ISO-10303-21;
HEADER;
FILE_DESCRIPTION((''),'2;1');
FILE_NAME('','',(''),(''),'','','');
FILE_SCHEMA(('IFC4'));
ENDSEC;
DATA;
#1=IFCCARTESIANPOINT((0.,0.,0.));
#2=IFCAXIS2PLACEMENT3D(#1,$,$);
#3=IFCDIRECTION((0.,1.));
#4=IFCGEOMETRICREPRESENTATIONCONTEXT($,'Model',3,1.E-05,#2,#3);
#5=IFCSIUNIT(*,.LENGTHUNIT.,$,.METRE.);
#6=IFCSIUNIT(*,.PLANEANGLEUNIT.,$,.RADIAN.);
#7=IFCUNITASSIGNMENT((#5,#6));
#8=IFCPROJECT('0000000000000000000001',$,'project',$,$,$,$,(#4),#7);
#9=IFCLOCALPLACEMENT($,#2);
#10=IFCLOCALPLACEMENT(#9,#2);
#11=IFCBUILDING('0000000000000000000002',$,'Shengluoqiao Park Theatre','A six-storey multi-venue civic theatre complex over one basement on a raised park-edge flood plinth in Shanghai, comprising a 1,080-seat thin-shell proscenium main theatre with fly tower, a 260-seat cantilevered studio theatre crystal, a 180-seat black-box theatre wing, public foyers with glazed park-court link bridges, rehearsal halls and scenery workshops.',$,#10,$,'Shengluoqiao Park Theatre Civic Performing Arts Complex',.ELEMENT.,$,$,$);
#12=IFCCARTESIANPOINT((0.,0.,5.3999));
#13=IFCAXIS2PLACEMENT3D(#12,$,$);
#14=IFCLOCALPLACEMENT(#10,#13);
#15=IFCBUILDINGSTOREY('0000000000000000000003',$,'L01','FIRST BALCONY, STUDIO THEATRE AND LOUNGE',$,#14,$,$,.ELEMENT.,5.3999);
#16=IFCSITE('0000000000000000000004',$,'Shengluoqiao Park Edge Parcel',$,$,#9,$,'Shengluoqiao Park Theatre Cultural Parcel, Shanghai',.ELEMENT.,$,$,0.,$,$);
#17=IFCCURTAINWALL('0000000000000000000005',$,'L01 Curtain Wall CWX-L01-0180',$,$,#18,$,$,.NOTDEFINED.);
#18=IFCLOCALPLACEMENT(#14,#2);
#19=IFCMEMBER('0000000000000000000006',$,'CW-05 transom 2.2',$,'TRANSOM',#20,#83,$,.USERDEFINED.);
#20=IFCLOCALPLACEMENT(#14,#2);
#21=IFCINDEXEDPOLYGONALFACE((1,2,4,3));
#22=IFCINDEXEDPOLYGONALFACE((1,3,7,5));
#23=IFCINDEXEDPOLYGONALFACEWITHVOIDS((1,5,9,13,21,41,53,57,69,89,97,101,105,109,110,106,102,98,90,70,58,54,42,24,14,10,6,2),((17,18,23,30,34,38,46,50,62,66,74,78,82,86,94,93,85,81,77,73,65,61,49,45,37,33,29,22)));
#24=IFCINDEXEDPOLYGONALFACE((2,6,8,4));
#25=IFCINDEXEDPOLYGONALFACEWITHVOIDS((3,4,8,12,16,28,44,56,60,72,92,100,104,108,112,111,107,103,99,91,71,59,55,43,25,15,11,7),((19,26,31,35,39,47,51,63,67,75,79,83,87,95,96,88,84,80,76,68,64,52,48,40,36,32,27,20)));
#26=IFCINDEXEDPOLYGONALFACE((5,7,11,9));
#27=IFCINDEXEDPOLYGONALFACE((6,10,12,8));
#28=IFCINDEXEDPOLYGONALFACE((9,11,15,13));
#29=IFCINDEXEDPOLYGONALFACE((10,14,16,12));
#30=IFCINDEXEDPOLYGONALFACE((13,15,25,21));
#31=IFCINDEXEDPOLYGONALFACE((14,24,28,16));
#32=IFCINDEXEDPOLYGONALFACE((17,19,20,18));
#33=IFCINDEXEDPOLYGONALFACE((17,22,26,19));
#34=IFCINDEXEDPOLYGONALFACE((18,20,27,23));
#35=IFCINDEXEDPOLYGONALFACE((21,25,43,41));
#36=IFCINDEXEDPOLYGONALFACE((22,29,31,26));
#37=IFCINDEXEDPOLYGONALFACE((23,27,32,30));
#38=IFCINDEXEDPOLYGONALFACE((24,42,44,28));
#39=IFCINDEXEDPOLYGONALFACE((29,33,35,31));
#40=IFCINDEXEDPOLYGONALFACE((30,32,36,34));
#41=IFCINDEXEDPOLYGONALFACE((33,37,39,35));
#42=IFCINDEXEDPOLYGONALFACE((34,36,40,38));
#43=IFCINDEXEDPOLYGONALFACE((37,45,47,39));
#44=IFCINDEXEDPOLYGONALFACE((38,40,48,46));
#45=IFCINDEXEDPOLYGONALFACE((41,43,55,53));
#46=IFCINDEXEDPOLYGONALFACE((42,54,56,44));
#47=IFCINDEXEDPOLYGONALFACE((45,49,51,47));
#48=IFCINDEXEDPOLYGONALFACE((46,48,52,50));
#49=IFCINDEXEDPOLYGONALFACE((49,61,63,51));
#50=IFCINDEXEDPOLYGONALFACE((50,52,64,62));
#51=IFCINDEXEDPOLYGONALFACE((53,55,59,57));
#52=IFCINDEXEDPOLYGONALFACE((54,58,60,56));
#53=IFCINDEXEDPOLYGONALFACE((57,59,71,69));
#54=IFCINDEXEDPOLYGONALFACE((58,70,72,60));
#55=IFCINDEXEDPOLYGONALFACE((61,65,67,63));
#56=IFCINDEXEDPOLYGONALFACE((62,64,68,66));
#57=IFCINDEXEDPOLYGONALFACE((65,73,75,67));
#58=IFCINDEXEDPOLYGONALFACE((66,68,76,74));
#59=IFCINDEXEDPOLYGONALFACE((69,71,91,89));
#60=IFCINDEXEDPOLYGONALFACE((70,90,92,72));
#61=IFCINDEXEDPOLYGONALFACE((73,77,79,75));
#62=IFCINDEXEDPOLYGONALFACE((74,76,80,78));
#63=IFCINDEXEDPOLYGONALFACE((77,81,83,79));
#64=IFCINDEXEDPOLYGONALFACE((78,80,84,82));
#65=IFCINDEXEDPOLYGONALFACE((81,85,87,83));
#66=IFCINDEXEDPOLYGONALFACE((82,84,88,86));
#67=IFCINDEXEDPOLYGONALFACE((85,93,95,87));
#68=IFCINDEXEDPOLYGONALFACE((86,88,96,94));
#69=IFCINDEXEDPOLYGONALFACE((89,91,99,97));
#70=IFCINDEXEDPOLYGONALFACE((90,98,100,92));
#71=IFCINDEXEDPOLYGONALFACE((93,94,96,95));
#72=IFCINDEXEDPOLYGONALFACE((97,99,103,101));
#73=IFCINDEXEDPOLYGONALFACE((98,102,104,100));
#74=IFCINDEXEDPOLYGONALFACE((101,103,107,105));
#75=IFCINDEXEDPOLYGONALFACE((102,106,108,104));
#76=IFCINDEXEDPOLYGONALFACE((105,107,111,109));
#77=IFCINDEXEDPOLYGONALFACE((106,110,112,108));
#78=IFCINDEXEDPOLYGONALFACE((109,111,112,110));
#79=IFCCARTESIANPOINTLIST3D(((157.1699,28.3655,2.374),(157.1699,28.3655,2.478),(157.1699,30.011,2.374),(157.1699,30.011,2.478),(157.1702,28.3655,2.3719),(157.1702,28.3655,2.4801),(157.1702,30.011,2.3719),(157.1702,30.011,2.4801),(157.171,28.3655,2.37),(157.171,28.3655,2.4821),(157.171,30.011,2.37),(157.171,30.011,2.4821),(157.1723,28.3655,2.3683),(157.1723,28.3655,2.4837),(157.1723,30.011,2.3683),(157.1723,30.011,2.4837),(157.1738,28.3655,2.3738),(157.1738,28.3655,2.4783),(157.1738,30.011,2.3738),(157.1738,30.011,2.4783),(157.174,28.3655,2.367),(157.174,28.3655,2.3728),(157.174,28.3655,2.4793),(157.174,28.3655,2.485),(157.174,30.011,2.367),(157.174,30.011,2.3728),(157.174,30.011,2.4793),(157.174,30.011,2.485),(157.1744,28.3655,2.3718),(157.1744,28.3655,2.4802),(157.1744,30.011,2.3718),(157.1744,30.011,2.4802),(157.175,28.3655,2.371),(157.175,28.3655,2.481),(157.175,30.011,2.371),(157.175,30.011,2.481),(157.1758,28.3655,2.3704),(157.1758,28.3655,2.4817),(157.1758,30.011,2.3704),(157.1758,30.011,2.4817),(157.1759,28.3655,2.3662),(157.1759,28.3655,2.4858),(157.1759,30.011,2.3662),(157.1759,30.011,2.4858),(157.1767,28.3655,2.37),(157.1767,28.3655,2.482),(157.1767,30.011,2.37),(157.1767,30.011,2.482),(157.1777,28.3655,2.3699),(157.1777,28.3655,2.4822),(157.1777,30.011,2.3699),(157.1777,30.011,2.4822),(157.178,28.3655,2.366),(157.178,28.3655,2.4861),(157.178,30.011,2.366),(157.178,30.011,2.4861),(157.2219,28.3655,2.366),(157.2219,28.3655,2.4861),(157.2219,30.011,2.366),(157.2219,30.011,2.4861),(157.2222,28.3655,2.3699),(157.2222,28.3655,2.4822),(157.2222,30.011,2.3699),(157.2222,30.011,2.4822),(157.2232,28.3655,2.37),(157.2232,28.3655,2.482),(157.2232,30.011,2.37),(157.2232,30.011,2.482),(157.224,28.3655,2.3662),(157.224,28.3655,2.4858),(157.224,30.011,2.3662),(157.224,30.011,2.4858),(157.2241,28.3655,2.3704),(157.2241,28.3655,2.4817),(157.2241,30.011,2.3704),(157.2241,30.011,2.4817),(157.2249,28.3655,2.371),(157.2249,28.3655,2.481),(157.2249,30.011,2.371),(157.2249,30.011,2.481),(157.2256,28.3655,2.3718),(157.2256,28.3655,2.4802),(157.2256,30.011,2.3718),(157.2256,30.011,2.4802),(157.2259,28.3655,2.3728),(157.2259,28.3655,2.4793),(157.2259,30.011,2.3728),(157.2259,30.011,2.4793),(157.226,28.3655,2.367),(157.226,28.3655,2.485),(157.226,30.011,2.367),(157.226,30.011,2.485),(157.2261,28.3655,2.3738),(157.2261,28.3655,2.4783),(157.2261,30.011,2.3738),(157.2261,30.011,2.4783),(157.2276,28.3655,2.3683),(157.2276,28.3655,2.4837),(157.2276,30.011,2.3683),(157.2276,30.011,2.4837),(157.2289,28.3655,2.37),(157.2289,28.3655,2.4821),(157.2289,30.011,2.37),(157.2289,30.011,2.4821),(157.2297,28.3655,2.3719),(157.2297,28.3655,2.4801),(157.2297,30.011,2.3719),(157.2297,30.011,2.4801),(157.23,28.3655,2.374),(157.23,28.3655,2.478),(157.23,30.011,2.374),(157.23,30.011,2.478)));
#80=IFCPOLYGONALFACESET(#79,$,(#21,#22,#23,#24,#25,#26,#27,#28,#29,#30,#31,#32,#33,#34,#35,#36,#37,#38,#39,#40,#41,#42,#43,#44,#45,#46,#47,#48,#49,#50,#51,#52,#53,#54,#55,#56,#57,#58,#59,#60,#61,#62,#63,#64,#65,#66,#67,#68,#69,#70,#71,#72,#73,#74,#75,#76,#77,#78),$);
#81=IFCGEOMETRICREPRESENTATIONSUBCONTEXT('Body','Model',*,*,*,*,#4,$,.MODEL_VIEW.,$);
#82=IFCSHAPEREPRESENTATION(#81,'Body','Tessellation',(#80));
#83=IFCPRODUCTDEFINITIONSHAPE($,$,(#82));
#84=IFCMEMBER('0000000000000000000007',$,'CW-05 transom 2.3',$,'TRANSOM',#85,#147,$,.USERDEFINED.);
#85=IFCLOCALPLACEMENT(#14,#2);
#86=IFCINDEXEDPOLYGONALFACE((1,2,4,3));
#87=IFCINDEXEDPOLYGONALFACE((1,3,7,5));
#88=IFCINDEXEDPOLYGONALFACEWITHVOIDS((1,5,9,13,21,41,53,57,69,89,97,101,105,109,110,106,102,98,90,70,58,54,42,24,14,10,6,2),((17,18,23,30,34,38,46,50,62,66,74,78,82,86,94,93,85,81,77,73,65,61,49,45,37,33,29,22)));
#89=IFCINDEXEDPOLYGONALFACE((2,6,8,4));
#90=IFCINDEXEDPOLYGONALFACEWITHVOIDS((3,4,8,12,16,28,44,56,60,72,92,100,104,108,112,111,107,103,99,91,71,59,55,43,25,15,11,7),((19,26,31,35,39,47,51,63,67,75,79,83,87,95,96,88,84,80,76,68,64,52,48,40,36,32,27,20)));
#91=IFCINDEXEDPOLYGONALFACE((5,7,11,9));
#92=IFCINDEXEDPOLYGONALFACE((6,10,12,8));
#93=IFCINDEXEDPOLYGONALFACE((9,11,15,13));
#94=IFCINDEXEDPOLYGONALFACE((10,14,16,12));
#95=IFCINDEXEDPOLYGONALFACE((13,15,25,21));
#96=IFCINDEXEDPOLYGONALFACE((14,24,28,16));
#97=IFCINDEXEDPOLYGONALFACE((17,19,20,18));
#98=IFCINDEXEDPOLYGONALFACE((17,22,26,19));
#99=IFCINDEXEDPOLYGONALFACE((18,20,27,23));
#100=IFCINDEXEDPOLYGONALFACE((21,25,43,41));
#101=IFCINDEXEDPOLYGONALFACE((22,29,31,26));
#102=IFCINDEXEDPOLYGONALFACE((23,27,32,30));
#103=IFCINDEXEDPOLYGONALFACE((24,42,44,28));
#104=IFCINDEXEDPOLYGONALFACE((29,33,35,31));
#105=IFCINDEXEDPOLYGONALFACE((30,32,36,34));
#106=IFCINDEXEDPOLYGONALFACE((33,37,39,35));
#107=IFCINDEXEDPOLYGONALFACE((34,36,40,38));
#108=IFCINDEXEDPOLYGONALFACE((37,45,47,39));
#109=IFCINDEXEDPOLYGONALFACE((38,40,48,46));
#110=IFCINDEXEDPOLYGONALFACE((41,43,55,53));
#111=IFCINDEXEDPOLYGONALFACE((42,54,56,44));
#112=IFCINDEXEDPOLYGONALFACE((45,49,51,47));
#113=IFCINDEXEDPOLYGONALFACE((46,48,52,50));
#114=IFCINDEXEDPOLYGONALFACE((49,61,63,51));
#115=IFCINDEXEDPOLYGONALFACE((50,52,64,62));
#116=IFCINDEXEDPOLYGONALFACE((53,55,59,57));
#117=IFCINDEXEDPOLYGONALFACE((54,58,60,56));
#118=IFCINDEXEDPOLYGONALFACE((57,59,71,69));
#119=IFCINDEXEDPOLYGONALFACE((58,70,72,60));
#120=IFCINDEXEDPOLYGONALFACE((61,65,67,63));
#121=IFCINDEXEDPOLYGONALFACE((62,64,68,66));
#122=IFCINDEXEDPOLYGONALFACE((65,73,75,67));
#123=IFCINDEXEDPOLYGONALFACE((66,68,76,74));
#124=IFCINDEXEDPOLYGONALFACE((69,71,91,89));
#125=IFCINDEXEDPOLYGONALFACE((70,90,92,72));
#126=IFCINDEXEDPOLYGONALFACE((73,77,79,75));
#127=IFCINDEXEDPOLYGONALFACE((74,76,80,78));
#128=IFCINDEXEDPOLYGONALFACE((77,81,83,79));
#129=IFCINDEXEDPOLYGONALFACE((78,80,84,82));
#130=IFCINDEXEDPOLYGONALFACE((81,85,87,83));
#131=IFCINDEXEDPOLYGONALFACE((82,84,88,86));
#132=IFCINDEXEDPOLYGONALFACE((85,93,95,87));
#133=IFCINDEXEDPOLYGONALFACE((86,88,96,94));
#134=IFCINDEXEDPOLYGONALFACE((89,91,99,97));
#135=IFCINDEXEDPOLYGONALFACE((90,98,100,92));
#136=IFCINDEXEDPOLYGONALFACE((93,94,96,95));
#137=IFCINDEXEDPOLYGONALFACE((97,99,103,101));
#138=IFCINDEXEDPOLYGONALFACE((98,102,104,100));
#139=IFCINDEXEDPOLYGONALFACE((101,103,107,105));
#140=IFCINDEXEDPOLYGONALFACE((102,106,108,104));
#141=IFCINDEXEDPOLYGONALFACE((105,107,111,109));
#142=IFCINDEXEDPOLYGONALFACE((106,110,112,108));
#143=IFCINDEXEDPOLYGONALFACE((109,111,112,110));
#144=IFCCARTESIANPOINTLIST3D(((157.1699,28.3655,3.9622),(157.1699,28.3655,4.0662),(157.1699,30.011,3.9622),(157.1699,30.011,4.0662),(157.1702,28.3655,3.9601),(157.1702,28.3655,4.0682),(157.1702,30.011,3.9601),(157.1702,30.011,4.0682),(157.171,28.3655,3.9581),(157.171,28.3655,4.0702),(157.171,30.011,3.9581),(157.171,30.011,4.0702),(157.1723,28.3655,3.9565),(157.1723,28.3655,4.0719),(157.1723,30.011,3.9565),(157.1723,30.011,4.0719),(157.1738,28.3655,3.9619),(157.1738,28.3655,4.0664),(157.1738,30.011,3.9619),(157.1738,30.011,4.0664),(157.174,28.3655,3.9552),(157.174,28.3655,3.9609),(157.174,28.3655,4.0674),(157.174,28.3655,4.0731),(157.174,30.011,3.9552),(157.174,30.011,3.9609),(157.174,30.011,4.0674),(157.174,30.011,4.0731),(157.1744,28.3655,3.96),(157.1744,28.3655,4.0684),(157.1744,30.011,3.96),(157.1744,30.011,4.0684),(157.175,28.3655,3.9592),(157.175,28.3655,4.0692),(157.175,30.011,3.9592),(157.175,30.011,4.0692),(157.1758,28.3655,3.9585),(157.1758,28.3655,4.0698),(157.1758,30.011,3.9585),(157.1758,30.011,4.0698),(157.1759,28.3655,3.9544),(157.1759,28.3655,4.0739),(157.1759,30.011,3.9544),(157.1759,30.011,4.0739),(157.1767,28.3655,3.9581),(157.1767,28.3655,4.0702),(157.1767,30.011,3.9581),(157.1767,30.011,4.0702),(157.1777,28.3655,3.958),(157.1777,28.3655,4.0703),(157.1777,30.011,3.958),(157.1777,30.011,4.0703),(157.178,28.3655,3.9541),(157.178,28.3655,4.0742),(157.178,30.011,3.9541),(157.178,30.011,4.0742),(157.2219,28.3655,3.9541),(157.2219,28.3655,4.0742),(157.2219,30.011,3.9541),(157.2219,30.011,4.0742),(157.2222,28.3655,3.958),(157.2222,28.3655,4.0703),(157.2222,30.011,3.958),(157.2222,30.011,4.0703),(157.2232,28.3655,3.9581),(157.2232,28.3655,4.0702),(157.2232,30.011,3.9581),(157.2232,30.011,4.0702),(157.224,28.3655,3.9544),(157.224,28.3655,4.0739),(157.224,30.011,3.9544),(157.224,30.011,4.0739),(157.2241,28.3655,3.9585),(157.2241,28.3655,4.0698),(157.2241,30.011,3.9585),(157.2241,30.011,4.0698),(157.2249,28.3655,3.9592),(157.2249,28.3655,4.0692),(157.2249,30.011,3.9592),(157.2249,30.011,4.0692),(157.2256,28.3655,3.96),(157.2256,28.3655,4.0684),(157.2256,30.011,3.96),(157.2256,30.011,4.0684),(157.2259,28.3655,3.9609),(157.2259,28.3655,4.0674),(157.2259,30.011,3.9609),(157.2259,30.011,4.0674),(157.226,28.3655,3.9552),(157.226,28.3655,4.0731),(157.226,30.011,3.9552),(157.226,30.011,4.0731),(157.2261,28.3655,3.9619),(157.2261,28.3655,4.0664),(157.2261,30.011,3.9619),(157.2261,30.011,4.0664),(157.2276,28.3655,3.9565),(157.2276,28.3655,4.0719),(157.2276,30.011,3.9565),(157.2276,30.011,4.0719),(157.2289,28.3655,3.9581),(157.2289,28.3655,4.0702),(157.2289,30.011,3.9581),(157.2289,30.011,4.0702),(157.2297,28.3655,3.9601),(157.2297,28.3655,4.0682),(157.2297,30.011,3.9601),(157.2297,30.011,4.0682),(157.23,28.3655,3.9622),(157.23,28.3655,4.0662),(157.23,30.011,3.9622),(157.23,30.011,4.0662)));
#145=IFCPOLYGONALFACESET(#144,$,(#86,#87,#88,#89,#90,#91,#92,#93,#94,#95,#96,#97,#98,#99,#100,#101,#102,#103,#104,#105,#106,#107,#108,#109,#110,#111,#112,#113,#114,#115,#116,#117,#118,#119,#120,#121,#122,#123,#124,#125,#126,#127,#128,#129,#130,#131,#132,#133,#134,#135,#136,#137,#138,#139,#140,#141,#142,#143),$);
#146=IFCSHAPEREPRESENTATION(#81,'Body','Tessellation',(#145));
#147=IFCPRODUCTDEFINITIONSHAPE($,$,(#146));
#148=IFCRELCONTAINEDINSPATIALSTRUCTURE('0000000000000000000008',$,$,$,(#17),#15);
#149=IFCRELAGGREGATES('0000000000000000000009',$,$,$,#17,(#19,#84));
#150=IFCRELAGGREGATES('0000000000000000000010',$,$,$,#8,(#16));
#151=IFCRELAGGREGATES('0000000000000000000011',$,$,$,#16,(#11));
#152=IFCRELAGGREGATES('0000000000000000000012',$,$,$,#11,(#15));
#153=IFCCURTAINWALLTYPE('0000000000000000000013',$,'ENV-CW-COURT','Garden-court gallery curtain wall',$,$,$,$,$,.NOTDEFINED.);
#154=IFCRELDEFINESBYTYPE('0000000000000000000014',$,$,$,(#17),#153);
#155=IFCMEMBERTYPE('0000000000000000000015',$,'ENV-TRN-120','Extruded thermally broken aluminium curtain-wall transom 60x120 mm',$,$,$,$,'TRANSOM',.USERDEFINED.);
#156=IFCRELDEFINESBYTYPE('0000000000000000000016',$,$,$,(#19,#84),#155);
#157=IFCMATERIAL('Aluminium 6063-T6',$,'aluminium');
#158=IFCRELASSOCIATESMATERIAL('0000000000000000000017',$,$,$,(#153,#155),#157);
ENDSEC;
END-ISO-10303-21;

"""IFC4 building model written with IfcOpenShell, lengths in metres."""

from ifc_helpers import new_model, si_unit, direction, frame, origin, origin_2d, place, context, subcontext, project, spatial, hollow_rectangle, extrude, material, material_profile, profile_set, type_object, element, aggregate, save


model = new_model("IFC4")

# Units and contexts
model_context = context("Model", 3, precision=1e-05, world=origin(), true_north=direction((0.0, 1.0)))
body_context = subcontext(model_context, "Body", "Model", "MODEL_VIEW")
ifc_project = project(units=[si_unit("LENGTHUNIT", "METRE"), si_unit("PLANEANGLEUNIT", "RADIAN")], contexts=[model_context])

# Site, building, storey
site_placement = place(None, origin())
site = spatial("IfcSite", under=ifc_project, at=site_placement, Name="Shengluoqiao Park Edge Parcel", LongName="Shengluoqiao Park Theatre Cultural Parcel, Shanghai", CompositionType="ELEMENT", RefElevation=0.0)
building_placement = place(site_placement, origin())
building = spatial("IfcBuilding", under=site, at=building_placement, Name="Shengluoqiao Park Theatre", Description="A six-storey multi-venue civic theatre complex over one basement on a raised park-edge flood plinth in Shanghai, comprising a 1,080-seat thin-shell proscenium main theatre with fly tower, a 260-seat cantilevered studio theatre crystal, a 180-seat black-box theatre wing, public foyers with glazed park-court link bridges, rehearsal halls and scenery workshops.", LongName="Shengluoqiao Park Theatre Civic Performing Arts Complex", CompositionType="ELEMENT")
storey_placement = place(building_placement, frame((0.0, 0.0, 5.3999)))
storey = spatial("IfcBuildingStorey", under=building, at=storey_placement, Name="L01", Description="FIRST BALCONY, STUDIO THEATRE AND LOUNGE", CompositionType="ELEMENT", Elevation=5.3999)

# Curtain wall
ifc_material_1 = material(Name="Aluminium 6063-T6", Category="aluminium")
curtain_wall_type = type_object("IfcCurtainWallType", Name="ENV-CW-COURT", Description="Garden-court gallery curtain wall", PredefinedType="NOTDEFINED", material=ifc_material_1)
curtain_wall_1_placement = place(storey_placement, origin())
curtain_wall_1 = element("IfcCurtainWall", 1, at=curtain_wall_1_placement, inside=storey, type_object=curtain_wall_type, Name="L01 Curtain Wall CWX-L01-0180", PredefinedType="NOTDEFINED")

# Members
ifc_material_profile_1 = material_profile(ifc_material_1, hollow_rectangle(XDim=0.0601, YDim=0.1201, WallThickness=0.0039, InnerFilletRadius=0.0039, OuterFilletRadius=0.0081, at=origin_2d()), Name="ALU TRANSOM 120x60x4")
ifc_profile_set_1 = profile_set([ifc_material_profile_1], Name="Aluminium 6063-T6")
member_type_1 = type_object("IfcMemberType", Name="ENV-TRN-120", Description="Extruded thermally broken aluminium curtain-wall transom 60x120 mm", ElementType="TRANSOM", PredefinedType="USERDEFINED", material=ifc_profile_set_1)
member_1_placement = place(storey_placement, frame((157.2, 28.3655, 2.426), z_axis=(0.0, 1.0, 0.0), x_axis=(-1.0, 0.0, 0.0)))
member_1 = element("IfcMember", 2, at=member_1_placement, type_object=member_type_1, Name="CW-05 transom 2.2", ObjectType="TRANSOM", PredefinedType="USERDEFINED", context=body_context, shape_type="SweptSolid", body=[
    extrude(hollow_rectangle(XDim=0.0601, YDim=0.1201, WallThickness=0.0039, InnerFilletRadius=0.0039, OuterFilletRadius=0.0081, at=origin_2d()), origin(), (0.0, 0.0, 1.0), 1.6455),
])
member_2_placement = place(storey_placement, frame((157.2, 28.3655, 4.0142), z_axis=(0.0, 1.0, 0.0), x_axis=(-1.0, 0.0, 0.0)))
member_2 = element("IfcMember", 3, at=member_2_placement, type_object=member_type_1, Name="CW-05 transom 2.3", ObjectType="TRANSOM", PredefinedType="USERDEFINED", context=body_context, shape_type="SweptSolid", body=[
    extrude(hollow_rectangle(XDim=0.0601, YDim=0.1201, WallThickness=0.0039, InnerFilletRadius=0.0039, OuterFilletRadius=0.0081, at=origin_2d()), origin(), (0.0, 0.0, 1.0), 1.6455),
])

aggregate(curtain_wall_1, [member_1, member_2])

save(model, "model.ifc")
